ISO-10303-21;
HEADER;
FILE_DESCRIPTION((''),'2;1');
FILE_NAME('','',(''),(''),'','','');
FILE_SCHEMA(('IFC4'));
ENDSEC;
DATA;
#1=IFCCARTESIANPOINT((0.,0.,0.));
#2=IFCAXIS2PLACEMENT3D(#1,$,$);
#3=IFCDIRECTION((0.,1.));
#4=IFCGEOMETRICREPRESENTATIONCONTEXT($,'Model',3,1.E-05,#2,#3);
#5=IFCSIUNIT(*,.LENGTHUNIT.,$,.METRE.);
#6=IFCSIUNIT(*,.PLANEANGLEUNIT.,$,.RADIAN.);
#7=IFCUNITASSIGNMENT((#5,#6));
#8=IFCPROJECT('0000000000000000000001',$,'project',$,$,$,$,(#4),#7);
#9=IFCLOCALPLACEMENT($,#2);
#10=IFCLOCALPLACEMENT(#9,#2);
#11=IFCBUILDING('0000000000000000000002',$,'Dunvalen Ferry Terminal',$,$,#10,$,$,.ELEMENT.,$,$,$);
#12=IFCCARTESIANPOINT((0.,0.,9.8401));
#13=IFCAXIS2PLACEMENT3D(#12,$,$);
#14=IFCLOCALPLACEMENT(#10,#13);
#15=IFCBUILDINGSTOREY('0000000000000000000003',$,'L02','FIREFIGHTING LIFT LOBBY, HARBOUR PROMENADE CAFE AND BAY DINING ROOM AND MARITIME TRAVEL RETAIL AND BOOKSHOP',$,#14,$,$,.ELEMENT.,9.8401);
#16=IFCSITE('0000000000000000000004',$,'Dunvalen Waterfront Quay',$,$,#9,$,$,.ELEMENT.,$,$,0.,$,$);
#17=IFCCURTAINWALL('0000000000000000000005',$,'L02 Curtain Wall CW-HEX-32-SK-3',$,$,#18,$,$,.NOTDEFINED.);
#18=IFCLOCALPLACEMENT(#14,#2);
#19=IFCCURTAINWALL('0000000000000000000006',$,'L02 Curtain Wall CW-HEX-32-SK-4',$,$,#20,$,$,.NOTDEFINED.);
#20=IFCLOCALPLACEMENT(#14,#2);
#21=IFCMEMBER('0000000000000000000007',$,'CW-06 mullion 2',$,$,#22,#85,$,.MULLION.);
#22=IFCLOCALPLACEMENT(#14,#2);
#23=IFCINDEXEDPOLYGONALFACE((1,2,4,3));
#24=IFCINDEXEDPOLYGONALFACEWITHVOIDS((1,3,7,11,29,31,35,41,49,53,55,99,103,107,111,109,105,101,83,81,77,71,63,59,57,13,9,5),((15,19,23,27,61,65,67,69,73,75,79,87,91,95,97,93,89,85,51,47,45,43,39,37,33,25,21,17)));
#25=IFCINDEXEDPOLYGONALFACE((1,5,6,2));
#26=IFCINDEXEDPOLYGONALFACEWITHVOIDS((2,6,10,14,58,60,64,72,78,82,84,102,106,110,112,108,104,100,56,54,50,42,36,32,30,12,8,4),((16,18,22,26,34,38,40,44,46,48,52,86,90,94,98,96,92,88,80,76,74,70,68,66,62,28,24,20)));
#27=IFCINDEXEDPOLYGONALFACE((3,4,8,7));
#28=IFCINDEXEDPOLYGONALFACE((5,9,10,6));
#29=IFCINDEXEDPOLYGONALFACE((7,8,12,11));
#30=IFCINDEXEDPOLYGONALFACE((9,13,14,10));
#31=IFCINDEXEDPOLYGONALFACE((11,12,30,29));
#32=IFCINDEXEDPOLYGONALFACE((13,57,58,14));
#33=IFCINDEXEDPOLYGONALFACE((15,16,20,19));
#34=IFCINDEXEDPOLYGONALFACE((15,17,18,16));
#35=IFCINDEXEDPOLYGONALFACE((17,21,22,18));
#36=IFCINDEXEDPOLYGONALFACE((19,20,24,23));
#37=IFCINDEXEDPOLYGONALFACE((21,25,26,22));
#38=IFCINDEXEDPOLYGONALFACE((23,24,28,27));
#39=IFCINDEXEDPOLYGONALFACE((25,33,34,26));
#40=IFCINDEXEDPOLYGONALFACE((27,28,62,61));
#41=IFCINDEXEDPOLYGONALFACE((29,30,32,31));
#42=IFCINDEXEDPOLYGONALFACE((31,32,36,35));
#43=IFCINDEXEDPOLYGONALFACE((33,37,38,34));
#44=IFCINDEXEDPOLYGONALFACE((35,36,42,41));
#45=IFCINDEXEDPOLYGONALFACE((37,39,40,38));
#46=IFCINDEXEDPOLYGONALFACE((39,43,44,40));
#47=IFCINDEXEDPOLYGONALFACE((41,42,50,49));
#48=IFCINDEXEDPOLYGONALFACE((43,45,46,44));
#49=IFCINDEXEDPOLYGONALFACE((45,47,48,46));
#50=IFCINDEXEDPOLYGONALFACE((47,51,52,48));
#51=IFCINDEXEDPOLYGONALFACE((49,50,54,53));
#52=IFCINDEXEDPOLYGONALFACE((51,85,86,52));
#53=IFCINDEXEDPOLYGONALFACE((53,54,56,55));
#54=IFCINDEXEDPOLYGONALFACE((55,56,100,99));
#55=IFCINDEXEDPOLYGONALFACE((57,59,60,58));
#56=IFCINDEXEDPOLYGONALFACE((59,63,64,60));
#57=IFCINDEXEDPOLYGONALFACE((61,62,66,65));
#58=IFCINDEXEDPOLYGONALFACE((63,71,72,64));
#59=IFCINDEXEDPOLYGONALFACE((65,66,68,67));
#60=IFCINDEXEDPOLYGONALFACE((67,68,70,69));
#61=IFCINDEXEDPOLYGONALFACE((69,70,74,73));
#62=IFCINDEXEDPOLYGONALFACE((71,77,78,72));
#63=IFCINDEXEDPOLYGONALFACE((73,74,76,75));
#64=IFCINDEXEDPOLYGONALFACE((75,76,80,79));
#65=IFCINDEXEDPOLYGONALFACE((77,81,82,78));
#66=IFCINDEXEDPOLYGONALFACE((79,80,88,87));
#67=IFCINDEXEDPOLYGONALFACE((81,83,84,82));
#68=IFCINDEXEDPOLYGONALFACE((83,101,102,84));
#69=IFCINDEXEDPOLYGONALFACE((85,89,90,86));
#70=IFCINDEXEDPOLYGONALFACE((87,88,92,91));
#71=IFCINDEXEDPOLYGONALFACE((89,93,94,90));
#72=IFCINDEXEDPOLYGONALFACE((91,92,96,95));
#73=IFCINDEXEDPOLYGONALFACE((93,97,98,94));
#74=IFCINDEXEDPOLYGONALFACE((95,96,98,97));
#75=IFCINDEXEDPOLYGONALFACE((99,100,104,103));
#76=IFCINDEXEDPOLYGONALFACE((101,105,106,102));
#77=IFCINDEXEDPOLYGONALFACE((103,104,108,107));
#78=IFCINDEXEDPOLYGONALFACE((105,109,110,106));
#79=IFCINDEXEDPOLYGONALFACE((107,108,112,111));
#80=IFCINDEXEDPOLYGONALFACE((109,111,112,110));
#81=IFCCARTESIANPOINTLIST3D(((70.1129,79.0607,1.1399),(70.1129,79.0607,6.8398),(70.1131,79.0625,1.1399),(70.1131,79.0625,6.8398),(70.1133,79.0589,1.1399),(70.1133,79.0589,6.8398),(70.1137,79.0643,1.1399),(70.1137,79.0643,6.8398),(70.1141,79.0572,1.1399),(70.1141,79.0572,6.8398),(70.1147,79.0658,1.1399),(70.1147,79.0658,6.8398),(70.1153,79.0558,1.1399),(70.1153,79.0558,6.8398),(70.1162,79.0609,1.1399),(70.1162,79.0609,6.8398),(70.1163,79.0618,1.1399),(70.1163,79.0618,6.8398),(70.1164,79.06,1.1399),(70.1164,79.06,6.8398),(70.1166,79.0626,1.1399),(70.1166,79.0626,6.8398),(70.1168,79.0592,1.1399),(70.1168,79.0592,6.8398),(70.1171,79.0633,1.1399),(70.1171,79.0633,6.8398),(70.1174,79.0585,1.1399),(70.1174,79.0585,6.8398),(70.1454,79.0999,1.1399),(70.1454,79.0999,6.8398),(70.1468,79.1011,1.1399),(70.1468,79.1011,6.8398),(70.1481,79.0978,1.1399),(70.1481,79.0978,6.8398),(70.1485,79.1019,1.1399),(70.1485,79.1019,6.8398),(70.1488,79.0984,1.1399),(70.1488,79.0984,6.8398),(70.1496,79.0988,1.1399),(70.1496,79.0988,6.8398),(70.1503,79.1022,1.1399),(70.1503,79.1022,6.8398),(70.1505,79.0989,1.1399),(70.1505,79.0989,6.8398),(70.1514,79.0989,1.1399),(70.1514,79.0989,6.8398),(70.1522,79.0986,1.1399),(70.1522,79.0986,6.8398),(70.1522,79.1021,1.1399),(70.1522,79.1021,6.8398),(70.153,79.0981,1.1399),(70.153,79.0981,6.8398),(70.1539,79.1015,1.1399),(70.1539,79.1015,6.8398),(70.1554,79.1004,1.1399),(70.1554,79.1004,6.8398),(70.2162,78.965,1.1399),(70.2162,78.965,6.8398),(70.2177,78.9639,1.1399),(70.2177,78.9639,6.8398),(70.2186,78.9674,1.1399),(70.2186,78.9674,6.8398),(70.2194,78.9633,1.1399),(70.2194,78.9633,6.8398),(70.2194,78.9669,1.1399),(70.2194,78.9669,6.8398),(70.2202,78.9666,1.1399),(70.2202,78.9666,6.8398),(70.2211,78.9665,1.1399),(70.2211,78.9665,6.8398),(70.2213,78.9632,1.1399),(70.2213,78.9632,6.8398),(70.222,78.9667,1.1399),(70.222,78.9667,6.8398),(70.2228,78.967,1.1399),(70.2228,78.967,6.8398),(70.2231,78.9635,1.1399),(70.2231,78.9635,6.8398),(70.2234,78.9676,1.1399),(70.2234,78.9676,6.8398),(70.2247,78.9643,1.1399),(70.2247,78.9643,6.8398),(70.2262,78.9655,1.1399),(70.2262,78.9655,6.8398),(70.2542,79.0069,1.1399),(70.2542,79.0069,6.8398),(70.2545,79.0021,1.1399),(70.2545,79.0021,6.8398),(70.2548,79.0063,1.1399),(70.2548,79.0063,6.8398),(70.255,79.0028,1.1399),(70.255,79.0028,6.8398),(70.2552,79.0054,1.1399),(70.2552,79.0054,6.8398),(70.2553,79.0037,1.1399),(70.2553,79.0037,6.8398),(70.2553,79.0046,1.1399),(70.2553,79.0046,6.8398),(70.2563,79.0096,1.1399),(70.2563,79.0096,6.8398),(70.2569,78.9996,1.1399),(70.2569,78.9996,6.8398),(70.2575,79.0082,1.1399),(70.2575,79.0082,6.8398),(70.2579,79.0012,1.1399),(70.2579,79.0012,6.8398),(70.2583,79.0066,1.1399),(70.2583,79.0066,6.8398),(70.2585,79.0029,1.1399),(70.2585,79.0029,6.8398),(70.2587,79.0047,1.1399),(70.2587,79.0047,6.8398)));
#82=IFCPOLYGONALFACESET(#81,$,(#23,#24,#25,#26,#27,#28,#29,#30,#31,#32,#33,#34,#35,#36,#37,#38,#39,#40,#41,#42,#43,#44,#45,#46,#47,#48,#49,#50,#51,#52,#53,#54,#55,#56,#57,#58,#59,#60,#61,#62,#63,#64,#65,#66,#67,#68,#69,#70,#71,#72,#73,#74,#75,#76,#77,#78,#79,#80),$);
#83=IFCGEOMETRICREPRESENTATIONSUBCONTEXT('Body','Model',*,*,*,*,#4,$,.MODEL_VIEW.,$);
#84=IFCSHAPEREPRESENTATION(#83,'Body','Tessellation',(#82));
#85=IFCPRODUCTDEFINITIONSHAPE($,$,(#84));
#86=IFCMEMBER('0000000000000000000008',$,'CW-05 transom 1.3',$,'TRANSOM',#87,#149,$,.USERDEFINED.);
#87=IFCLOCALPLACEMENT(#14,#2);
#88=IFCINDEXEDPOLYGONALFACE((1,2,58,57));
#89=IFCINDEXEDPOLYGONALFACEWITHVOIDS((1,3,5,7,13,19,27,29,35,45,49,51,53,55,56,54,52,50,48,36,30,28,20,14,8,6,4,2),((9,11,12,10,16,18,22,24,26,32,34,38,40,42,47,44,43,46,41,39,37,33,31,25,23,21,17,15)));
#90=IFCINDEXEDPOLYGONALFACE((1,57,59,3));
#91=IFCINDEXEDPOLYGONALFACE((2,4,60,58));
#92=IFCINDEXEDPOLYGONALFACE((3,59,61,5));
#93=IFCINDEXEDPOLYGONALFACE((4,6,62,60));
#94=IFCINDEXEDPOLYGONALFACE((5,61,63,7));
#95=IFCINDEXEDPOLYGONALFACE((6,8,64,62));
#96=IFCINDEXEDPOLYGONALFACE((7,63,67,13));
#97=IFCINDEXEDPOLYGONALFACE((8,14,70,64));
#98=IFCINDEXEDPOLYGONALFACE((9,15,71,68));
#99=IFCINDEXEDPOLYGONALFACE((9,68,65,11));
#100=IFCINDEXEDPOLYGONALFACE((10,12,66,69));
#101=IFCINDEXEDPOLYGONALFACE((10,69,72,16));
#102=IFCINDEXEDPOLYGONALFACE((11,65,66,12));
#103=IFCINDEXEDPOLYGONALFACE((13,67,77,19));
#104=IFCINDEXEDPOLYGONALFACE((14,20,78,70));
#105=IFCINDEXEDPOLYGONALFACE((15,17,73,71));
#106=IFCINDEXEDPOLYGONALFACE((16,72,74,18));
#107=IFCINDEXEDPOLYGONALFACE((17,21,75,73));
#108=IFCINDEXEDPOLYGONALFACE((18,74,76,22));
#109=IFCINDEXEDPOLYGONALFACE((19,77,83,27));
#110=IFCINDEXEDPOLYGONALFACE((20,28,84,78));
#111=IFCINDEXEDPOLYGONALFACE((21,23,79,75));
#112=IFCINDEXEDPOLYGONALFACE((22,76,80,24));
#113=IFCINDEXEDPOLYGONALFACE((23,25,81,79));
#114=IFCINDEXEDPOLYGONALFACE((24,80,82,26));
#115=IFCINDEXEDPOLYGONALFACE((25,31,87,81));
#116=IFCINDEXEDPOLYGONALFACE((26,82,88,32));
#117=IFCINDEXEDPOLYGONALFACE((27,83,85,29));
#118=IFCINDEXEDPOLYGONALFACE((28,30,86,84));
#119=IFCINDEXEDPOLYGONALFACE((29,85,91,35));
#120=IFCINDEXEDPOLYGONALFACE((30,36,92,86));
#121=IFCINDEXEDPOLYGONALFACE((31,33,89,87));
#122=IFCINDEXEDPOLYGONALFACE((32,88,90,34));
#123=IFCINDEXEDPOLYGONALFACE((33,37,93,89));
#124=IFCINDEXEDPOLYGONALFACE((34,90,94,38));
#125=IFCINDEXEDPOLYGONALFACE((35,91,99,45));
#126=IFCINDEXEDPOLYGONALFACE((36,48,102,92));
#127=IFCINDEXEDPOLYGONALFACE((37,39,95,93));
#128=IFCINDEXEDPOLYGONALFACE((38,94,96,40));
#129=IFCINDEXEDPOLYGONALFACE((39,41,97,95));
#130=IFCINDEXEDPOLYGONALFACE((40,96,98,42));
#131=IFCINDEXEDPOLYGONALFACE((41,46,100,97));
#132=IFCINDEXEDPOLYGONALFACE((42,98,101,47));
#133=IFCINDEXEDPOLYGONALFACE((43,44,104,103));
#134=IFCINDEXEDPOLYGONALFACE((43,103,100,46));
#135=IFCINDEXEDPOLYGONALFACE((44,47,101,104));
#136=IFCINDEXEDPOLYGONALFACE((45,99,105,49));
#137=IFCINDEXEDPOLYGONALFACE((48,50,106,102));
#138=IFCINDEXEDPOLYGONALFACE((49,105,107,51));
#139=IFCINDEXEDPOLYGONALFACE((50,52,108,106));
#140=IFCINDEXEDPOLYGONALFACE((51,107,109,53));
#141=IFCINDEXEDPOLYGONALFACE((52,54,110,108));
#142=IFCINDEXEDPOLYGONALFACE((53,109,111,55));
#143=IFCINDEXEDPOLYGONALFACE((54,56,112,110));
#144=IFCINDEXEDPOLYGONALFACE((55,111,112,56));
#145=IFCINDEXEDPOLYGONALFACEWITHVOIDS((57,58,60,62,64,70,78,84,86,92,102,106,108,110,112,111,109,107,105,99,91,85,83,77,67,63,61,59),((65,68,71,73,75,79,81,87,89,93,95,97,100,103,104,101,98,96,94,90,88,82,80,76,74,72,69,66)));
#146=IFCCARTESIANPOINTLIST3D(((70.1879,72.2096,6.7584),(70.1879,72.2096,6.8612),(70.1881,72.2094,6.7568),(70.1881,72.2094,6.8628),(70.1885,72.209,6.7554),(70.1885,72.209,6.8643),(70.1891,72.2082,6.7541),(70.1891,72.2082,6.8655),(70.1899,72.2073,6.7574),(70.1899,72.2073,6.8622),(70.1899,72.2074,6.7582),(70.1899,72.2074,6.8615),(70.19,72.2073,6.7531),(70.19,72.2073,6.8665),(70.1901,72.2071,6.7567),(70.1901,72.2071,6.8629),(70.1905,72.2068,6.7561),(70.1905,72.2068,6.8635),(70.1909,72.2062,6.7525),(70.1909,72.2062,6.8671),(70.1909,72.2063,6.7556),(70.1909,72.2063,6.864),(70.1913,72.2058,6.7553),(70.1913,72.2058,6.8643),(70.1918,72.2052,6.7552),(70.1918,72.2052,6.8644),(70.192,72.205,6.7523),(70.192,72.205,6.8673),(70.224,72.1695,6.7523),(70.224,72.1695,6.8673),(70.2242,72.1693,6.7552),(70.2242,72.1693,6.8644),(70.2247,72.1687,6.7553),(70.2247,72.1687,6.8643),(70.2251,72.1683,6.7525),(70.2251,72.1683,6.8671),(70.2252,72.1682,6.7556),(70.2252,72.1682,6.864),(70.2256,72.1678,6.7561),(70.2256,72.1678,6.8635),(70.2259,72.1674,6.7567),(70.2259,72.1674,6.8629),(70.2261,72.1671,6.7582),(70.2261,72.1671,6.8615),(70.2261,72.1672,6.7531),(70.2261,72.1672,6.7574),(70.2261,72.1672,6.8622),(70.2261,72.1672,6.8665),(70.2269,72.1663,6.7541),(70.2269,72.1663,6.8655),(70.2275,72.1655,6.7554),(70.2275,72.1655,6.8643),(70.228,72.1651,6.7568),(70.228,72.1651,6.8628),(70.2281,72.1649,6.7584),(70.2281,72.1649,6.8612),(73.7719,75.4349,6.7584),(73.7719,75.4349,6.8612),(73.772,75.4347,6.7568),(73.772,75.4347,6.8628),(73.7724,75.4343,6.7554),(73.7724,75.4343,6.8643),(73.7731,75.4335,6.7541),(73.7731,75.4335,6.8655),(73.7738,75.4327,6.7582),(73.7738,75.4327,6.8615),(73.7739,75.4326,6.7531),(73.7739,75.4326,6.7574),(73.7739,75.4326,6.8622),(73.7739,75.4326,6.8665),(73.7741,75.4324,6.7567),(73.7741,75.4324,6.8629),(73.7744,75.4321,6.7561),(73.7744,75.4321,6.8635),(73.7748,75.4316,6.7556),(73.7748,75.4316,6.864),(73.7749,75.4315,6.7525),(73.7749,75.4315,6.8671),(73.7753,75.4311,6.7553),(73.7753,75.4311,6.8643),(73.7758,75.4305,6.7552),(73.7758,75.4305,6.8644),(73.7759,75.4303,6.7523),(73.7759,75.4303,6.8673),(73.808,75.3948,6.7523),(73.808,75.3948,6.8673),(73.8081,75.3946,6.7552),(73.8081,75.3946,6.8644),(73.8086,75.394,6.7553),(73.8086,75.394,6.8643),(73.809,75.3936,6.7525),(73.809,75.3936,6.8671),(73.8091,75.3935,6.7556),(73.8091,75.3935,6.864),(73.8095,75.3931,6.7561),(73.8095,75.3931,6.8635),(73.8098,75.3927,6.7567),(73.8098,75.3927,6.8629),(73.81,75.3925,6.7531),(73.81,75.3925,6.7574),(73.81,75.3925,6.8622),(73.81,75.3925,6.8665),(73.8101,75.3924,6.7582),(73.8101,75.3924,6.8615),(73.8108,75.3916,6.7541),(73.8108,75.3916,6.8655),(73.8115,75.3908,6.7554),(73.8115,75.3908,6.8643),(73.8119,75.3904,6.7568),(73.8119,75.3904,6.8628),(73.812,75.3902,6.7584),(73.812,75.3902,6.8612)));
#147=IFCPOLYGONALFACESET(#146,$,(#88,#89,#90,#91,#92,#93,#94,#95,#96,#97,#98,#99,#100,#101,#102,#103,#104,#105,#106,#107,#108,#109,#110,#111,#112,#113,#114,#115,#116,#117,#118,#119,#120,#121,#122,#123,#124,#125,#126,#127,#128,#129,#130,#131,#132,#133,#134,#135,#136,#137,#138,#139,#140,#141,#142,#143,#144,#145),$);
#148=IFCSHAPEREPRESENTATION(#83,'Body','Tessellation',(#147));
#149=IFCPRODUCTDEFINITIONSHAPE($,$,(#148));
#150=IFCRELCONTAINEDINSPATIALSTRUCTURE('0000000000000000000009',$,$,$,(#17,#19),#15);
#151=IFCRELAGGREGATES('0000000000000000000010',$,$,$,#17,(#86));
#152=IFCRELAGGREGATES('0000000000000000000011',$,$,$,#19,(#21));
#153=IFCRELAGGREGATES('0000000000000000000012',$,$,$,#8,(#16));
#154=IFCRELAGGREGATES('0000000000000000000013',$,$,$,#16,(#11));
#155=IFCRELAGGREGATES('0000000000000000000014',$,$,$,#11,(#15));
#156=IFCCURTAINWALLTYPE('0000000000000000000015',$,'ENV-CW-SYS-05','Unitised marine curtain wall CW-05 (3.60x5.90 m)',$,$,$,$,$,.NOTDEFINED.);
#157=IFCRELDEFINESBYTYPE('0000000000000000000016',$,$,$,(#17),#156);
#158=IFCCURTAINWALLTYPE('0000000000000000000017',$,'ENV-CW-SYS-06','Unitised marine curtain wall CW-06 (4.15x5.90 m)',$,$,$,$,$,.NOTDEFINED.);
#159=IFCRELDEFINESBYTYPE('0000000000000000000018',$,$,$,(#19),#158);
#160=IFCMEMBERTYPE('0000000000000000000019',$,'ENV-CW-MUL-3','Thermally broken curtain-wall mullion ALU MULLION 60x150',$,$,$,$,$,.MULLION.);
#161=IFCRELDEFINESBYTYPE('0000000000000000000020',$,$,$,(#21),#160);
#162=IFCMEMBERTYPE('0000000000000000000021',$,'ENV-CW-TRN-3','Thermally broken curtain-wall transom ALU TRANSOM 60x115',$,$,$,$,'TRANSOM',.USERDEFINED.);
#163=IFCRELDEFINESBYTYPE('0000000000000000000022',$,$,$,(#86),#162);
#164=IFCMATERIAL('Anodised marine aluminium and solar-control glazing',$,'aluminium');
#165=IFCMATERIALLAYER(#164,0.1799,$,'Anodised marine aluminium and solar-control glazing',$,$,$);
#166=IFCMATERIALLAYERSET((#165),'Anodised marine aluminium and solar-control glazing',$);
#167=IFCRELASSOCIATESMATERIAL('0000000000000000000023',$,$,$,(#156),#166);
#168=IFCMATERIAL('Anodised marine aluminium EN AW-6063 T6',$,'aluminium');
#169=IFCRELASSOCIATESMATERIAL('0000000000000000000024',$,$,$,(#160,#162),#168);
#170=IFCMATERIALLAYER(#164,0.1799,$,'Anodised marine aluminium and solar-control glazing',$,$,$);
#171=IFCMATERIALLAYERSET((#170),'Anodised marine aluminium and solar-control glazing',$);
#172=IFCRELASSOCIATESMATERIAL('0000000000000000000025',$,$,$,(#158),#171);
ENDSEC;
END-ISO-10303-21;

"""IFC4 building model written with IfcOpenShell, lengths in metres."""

from ifc_helpers import new_model, si_unit, direction, frame, origin, origin_2d, place, context, subcontext, project, spatial, hollow_rectangle, extrude, material, layer, layer_set, material_profile, profile_set, type_object, element, aggregate, save


model = new_model("IFC4")

# Units and contexts
model_context = context("Model", 3, precision=1e-05, world=origin(), true_north=direction((0.0, 1.0)))
body_context = subcontext(model_context, "Body", "Model", "MODEL_VIEW")
ifc_project = project(units=[si_unit("LENGTHUNIT", "METRE"), si_unit("PLANEANGLEUNIT", "RADIAN")], contexts=[model_context])

# Site, building, storey
site_placement = place(None, origin())
site = spatial("IfcSite", under=ifc_project, at=site_placement, Name="Dunvalen Waterfront Quay", CompositionType="ELEMENT", RefElevation=0.0)
building_placement = place(site_placement, origin())
building = spatial("IfcBuilding", under=site, at=building_placement, Name="Dunvalen Ferry Terminal", CompositionType="ELEMENT")
storey_placement = place(building_placement, frame((0.0, 0.0, 9.8401)))
storey = spatial("IfcBuildingStorey", under=building, at=storey_placement, Name="L02", Description="FIREFIGHTING LIFT LOBBY, HARBOUR PROMENADE CAFE AND BAY DINING ROOM AND MARITIME TRAVEL RETAIL AND BOOKSHOP", CompositionType="ELEMENT", Elevation=9.8401)

# Curtain wall
ifc_material_1 = material(Name="Anodised marine aluminium and solar-control glazing", Category="aluminium")
ifc_layer_1 = layer(ifc_material_1, 0.1799, Name="Anodised marine aluminium and solar-control glazing")
ifc_layer_set_1 = layer_set([ifc_layer_1], Name="Anodised marine aluminium and solar-control glazing")
curtain_wall_type_1 = type_object("IfcCurtainWallType", Name="ENV-CW-SYS-05", Description="Unitised marine curtain wall CW-05 (3.60x5.90 m)", PredefinedType="NOTDEFINED", material=ifc_layer_set_1)
curtain_wall_1_placement = place(storey_placement, origin())
curtain_wall_1 = element("IfcCurtainWall", 1, at=curtain_wall_1_placement, inside=storey, type_object=curtain_wall_type_1, Name="L02 Curtain Wall CW-HEX-32-SK-3", PredefinedType="NOTDEFINED")
ifc_material_2 = material(Name="Anodised marine aluminium EN AW-6063 T6", Category="aluminium")
ifc_material_profile_1 = material_profile(ifc_material_2, hollow_rectangle(XDim=0.0601, YDim=0.1499, WallThickness=0.0034, InnerFilletRadius=0.0034, OuterFilletRadius=0.0071, at=origin_2d()), Name="Anodised marine aluminium EN AW-6063 T6")
ifc_profile_set_1 = profile_set([ifc_material_profile_1], Name="Anodised marine aluminium EN AW-6063 T6")
member_type_1 = type_object("IfcMemberType", Name="ENV-CW-MUL-3", Description="Thermally broken curtain-wall mullion ALU MULLION 60x150", PredefinedType="MULLION", material=ifc_profile_set_1)

# Curtain wall, member
ifc_layer_2 = layer(ifc_material_1, 0.1799, Name="Anodised marine aluminium and solar-control glazing")
ifc_layer_set_2 = layer_set([ifc_layer_2], Name="Anodised marine aluminium and solar-control glazing")
curtain_wall_type_2 = type_object("IfcCurtainWallType", Name="ENV-CW-SYS-06", Description="Unitised marine curtain wall CW-06 (4.15x5.90 m)", PredefinedType="NOTDEFINED", material=ifc_layer_set_2)
curtain_wall_2_placement = place(storey_placement, origin())
curtain_wall_2 = element("IfcCurtainWall", 2, at=curtain_wall_2_placement, inside=storey, type_object=curtain_wall_type_2, Name="L02 Curtain Wall CW-HEX-32-SK-4", PredefinedType="NOTDEFINED")
member_1_placement = place(storey_placement, frame((70.1858, 79.0327, 1.1399), z_axis=(0.0, 0.0, 1.0), x_axis=(-0.668954, -0.743304, 0.0)))
member_1 = element("IfcMember", 3, at=member_1_placement, type_object=member_type_1, Name="CW-06 mullion 2", PredefinedType="MULLION", context=body_context, shape_type="SweptSolid", body=[
    extrude(hollow_rectangle(XDim=0.0601, YDim=0.1499, WallThickness=0.0034, InnerFilletRadius=0.0034, OuterFilletRadius=0.0071, at=origin_2d()), origin(), (0.0, 0.0, 1.0), 5.7),
])

# Member
ifc_material_profile_2 = material_profile(ifc_material_2, hollow_rectangle(XDim=0.0601, YDim=0.115, WallThickness=0.0029, InnerFilletRadius=0.0029, OuterFilletRadius=0.0061, at=origin_2d()), Name="Anodised marine aluminium EN AW-6063 T6")
ifc_profile_set_2 = profile_set([ifc_material_profile_2], Name="Anodised marine aluminium EN AW-6063 T6")
member_type_2 = type_object("IfcMemberType", Name="ENV-CW-TRN-3", Description="Thermally broken curtain-wall transom ALU TRANSOM 60x115", ElementType="TRANSOM", PredefinedType="USERDEFINED", material=ifc_profile_set_2)
member_2_placement = place(storey_placement, frame((70.208, 72.1873, 6.8098), z_axis=(0.743319, 0.668937, 0.0), x_axis=(-0.668937, 0.743319, 0.0)))
member_2 = element("IfcMember", 4, at=member_2_placement, type_object=member_type_2, Name="CW-05 transom 1.3", ObjectType="TRANSOM", PredefinedType="USERDEFINED", context=body_context, shape_type="SweptSolid", body=[
    extrude(hollow_rectangle(XDim=0.0601, YDim=0.115, WallThickness=0.0029, InnerFilletRadius=0.0029, OuterFilletRadius=0.0061, at=origin_2d()), origin(), (0.0, 0.0, 1.0), 4.8215),
])

aggregate(curtain_wall_1, [member_2])
aggregate(curtain_wall_2, [member_1])

save(model, "model.ifc")
